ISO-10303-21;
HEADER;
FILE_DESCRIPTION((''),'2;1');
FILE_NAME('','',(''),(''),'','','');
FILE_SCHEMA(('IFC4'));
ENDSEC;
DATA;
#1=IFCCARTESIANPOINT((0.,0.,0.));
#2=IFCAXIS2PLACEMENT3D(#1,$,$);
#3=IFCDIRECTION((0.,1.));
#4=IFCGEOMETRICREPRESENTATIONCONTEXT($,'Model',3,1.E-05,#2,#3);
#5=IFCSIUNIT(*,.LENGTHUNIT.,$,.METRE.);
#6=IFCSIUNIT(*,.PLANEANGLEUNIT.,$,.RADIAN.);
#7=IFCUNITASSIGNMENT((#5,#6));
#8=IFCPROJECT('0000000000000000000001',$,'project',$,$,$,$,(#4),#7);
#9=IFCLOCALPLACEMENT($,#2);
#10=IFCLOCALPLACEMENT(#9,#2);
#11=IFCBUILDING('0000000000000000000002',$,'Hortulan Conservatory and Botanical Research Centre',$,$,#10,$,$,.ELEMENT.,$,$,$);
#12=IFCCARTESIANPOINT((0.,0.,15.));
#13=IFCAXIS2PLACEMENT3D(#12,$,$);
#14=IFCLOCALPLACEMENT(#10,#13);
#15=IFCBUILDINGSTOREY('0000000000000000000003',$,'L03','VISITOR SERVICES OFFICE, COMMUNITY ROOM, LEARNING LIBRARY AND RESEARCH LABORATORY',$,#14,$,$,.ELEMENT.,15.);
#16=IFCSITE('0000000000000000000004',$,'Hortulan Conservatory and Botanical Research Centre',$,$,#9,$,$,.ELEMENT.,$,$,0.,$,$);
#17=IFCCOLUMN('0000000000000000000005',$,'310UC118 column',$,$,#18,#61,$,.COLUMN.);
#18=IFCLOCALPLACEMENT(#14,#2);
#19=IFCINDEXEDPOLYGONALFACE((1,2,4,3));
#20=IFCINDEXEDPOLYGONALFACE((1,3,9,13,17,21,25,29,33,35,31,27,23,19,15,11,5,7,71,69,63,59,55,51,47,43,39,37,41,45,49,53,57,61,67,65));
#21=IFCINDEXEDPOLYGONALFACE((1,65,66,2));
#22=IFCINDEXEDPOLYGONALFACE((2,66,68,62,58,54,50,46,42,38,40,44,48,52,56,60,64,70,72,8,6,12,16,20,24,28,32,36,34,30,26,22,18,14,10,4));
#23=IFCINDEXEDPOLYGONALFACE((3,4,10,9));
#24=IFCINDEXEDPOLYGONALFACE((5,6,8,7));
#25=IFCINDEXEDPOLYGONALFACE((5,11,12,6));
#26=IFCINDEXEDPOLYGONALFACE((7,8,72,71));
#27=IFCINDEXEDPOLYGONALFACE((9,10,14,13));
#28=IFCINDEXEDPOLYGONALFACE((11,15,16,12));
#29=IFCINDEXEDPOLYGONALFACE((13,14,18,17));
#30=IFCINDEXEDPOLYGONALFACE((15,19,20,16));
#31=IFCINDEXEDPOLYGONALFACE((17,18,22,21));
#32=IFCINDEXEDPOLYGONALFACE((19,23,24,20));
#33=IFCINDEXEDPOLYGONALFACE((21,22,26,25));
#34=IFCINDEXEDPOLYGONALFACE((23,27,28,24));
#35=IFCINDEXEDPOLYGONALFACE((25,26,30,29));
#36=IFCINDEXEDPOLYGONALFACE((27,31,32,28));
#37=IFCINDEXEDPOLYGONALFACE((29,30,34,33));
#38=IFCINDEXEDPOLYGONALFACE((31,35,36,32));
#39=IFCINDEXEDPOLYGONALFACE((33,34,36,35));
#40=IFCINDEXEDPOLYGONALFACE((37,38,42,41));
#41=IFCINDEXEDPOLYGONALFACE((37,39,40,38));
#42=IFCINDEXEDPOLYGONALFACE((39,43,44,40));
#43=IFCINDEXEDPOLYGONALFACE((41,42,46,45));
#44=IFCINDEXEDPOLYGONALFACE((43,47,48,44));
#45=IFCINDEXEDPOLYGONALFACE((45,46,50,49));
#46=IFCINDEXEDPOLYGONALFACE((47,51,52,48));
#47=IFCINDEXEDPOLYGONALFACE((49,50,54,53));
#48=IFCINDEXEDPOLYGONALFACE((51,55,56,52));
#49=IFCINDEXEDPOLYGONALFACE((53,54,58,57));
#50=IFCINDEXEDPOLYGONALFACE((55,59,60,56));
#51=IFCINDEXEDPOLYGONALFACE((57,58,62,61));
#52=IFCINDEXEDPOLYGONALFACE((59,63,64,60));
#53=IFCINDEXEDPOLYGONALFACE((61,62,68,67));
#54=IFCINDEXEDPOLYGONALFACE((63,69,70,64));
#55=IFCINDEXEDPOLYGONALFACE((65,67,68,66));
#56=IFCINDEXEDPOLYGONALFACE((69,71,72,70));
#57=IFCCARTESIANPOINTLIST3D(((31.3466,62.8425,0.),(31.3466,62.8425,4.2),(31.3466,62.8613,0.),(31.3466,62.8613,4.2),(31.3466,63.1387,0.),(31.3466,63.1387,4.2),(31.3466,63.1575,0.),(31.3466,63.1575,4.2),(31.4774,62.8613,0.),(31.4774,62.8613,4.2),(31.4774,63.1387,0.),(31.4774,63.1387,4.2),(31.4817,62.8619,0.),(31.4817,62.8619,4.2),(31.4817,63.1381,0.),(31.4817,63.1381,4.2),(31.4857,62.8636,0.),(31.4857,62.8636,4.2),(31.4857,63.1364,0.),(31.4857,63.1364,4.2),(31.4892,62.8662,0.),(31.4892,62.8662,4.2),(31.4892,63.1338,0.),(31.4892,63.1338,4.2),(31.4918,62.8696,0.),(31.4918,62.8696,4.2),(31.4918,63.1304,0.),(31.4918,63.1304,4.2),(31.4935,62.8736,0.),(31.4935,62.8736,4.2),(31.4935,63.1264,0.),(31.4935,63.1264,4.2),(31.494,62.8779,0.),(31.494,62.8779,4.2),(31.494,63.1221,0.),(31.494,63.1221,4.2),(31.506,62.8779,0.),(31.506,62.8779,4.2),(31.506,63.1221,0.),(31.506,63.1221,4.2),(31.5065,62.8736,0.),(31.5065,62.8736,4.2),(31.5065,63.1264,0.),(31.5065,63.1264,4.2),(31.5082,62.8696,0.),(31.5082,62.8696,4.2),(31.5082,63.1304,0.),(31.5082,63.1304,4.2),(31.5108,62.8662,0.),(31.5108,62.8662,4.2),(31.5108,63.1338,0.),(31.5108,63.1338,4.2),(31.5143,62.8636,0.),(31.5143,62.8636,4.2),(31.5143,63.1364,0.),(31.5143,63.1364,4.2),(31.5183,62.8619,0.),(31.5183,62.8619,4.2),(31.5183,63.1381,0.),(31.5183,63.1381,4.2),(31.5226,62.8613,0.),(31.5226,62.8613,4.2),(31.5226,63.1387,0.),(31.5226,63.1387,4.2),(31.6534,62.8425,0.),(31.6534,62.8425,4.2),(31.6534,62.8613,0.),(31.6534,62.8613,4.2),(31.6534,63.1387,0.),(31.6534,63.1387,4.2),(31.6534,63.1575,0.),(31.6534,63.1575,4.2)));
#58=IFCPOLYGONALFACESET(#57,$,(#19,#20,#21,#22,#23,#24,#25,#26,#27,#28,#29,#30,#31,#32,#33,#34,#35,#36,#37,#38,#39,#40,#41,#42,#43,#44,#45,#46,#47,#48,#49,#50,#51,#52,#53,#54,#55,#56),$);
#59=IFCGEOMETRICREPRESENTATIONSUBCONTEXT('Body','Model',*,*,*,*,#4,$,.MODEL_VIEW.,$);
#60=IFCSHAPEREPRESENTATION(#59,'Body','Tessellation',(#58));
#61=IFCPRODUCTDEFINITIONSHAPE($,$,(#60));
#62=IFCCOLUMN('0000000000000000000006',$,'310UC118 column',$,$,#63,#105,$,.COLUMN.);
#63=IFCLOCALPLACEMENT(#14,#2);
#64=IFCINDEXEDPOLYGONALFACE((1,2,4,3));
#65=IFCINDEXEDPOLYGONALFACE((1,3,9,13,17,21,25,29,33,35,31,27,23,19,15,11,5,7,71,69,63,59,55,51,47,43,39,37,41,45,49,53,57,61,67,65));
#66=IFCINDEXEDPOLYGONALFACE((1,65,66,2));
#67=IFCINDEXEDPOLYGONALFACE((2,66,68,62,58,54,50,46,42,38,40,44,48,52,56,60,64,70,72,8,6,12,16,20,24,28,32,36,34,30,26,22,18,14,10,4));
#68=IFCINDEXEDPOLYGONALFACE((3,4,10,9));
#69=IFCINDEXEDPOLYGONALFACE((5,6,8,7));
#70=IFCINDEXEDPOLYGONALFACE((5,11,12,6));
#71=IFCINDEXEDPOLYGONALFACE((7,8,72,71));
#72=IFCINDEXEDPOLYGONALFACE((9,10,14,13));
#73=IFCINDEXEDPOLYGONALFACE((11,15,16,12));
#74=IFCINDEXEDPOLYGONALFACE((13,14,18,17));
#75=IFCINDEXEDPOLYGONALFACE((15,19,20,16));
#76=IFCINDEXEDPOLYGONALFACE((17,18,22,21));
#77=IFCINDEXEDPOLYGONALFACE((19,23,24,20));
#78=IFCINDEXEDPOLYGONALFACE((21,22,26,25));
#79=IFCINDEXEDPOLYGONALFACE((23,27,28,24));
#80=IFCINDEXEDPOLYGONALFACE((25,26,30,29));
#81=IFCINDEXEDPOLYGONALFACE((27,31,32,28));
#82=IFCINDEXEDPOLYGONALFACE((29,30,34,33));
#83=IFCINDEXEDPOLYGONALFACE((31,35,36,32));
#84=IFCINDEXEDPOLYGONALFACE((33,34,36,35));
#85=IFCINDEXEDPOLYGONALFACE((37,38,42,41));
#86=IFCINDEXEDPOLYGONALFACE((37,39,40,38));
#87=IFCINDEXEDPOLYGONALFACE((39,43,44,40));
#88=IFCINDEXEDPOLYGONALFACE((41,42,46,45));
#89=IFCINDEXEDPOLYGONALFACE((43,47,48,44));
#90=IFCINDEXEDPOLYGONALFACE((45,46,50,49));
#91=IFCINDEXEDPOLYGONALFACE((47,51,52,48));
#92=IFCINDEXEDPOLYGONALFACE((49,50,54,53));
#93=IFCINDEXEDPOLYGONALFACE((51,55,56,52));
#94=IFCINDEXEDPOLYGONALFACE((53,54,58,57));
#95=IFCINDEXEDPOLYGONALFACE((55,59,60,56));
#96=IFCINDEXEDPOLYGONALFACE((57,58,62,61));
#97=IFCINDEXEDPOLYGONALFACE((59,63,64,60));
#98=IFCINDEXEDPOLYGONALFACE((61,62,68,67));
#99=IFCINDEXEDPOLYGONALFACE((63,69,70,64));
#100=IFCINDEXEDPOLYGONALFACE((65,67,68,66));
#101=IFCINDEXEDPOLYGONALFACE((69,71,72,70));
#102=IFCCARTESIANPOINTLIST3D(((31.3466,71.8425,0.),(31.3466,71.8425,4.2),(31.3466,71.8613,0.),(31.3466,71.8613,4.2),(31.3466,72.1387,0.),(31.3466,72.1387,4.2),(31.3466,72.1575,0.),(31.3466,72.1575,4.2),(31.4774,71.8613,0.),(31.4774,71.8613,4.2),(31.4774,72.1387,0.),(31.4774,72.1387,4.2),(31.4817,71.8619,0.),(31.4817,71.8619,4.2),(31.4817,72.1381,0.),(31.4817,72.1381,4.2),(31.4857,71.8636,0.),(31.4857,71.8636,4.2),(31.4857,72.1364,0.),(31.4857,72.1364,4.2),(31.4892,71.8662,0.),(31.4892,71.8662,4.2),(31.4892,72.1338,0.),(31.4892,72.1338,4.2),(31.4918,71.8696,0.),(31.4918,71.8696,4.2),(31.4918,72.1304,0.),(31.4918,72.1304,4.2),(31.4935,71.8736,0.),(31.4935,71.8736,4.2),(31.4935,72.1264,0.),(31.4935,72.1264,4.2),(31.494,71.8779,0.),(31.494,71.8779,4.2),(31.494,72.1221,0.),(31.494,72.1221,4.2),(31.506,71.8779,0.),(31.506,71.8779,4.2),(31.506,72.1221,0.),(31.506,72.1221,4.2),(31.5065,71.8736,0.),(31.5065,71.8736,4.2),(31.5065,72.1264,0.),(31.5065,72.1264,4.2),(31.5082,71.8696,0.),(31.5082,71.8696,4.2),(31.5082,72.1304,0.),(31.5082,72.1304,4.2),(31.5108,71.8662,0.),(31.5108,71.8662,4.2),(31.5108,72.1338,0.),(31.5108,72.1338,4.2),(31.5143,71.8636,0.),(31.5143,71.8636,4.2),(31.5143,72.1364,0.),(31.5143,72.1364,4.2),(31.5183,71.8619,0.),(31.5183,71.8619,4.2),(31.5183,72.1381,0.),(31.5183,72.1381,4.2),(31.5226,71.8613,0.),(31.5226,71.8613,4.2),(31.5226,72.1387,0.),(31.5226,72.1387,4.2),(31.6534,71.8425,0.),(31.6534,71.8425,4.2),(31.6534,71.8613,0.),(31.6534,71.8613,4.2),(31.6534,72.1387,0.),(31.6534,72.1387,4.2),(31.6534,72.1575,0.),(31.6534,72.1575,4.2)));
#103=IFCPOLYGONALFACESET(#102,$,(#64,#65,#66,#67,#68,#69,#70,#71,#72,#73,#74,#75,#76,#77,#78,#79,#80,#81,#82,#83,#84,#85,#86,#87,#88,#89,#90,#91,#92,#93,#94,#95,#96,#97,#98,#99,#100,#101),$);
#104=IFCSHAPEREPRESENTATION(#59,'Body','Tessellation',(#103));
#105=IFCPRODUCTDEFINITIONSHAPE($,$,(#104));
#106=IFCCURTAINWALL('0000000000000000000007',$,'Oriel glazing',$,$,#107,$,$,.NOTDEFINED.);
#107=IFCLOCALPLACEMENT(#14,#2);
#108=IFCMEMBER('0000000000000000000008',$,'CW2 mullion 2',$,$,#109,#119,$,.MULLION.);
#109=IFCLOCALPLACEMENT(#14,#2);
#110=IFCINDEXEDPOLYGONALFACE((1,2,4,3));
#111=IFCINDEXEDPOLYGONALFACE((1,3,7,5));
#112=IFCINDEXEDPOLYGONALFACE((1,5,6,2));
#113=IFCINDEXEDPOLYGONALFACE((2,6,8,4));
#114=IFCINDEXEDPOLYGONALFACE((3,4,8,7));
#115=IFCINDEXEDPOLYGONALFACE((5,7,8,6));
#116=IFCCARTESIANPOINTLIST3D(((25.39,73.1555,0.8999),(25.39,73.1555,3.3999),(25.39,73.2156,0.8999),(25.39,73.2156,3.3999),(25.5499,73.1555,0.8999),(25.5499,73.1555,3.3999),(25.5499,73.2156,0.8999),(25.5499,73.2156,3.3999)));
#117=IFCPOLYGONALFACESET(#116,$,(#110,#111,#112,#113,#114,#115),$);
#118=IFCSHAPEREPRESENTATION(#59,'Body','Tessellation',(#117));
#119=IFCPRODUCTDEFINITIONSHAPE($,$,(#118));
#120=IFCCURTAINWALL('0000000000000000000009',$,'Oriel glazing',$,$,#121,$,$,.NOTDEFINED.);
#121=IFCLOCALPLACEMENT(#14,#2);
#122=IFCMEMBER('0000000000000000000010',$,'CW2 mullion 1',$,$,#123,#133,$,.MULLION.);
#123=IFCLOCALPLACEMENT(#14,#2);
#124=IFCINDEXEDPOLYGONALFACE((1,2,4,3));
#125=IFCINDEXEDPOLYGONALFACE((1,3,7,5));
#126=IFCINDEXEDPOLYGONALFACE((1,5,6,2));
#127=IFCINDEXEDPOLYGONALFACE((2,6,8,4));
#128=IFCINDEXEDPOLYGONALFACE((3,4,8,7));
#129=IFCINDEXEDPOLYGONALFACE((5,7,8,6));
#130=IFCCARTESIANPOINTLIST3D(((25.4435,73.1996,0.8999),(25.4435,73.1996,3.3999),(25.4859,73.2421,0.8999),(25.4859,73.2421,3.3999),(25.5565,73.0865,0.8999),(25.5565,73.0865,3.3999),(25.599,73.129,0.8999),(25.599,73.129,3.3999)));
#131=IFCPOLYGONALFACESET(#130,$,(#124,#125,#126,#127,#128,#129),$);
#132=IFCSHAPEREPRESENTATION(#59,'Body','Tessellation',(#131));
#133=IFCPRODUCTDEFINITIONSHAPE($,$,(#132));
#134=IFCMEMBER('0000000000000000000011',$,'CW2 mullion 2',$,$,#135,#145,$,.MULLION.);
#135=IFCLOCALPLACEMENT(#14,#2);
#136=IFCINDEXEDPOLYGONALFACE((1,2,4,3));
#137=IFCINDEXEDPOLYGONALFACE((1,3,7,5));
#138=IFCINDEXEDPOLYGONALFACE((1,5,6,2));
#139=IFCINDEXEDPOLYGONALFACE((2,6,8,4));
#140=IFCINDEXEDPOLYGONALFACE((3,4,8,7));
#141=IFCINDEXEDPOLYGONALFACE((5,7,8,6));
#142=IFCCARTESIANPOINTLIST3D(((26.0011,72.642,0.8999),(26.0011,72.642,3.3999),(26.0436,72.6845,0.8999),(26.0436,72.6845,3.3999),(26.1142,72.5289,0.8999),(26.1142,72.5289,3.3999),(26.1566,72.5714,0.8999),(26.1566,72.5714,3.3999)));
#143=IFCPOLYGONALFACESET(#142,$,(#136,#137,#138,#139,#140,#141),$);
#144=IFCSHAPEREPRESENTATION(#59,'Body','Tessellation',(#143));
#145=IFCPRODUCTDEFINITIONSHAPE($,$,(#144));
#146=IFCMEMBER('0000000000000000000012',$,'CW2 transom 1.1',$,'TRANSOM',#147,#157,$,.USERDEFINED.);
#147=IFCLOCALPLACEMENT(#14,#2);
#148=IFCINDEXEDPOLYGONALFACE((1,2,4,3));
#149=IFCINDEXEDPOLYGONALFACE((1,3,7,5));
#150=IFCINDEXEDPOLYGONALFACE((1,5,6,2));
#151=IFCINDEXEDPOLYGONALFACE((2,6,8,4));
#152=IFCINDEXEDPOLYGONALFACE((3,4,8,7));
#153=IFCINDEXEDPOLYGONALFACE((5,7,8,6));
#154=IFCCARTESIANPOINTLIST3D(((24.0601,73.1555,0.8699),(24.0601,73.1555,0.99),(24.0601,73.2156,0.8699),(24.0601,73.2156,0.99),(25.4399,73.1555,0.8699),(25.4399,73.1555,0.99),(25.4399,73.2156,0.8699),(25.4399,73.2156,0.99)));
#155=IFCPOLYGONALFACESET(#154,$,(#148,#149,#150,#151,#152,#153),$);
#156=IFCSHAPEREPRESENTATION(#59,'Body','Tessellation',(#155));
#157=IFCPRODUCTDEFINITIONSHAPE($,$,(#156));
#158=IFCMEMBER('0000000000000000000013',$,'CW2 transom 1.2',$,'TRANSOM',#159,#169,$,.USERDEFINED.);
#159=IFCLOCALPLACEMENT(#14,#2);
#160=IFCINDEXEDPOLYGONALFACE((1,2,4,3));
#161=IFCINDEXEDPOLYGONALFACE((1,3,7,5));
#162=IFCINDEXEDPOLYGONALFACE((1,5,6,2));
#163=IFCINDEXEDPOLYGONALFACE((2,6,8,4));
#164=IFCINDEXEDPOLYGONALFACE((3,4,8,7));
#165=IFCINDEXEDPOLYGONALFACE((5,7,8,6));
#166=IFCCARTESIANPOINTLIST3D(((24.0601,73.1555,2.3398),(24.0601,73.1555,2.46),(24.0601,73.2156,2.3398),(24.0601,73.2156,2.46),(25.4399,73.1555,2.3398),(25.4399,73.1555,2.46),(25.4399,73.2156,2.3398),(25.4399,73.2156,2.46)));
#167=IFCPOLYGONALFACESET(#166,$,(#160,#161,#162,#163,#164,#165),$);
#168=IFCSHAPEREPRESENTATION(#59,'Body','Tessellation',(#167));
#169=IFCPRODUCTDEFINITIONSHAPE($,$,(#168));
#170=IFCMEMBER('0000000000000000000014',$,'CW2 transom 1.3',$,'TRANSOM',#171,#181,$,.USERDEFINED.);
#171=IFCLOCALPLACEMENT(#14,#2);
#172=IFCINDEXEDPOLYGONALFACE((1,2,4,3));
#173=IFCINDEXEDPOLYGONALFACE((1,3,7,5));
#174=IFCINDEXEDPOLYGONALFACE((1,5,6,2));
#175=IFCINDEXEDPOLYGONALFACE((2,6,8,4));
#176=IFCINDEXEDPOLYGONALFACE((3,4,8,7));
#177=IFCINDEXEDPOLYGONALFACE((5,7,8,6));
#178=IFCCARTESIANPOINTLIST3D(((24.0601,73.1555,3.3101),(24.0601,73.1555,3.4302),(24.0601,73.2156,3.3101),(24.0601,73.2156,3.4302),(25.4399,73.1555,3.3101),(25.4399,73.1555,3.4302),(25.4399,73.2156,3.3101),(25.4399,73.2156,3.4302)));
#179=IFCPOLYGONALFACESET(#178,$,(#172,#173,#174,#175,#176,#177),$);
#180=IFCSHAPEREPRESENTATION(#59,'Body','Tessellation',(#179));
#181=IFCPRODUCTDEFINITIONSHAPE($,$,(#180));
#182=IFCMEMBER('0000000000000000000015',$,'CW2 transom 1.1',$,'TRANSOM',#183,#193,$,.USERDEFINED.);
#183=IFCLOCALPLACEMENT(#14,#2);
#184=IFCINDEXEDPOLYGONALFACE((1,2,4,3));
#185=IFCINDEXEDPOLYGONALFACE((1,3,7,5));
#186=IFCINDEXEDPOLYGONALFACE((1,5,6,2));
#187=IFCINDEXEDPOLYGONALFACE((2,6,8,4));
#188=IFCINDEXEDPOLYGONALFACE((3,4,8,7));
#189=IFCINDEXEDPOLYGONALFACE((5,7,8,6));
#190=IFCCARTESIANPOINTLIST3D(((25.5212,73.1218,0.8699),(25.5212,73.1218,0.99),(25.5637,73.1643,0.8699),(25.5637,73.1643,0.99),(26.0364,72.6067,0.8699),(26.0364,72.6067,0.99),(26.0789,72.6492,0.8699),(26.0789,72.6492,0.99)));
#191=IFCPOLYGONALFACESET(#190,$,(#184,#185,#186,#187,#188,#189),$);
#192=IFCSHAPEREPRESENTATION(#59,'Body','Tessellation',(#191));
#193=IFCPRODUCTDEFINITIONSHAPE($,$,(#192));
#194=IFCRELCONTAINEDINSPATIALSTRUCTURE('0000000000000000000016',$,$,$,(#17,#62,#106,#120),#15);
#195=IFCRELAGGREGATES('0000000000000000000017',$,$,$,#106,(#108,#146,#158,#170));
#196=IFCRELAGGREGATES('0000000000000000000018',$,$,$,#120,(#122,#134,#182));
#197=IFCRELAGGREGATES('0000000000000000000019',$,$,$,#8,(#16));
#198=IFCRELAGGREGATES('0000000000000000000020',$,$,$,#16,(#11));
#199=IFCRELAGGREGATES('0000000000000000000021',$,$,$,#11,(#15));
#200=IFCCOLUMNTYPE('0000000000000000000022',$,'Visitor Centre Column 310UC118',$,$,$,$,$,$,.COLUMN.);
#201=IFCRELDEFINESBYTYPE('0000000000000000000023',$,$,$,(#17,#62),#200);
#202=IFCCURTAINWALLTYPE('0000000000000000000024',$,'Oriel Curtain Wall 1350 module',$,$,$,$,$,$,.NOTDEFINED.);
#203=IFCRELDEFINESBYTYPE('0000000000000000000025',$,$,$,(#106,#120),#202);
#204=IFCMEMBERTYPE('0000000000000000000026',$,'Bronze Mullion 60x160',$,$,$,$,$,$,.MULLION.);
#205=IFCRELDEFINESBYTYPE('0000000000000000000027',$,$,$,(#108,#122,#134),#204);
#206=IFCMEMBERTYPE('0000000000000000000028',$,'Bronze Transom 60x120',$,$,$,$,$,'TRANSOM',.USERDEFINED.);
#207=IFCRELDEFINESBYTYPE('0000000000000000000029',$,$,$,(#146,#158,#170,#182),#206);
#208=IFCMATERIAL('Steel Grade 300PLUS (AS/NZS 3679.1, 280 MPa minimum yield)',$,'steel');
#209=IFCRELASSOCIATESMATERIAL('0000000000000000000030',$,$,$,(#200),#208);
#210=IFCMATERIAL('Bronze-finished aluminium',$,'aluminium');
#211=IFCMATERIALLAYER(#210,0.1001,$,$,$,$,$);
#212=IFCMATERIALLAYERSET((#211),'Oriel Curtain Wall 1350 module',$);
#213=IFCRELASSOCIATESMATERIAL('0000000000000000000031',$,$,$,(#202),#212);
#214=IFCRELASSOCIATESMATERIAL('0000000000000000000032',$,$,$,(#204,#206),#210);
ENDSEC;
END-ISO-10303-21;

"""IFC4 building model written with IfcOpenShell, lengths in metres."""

from ifc_helpers import new_model, si_unit, direction, frame, origin, origin_2d, place, context, subcontext, project, spatial, rectangle, i_section, extrude, material, layer, layer_set, material_profile, profile_set, type_object, element, aggregate, save


model = new_model("IFC4")

# Units and contexts
model_context = context("Model", 3, precision=1e-05, world=origin(), true_north=direction((0.0, 1.0)))
body_context = subcontext(model_context, "Body", "Model", "MODEL_VIEW")
ifc_project = project(units=[si_unit("LENGTHUNIT", "METRE"), si_unit("PLANEANGLEUNIT", "RADIAN")], contexts=[model_context])

# Site, building, storey
site_placement = place(None, origin())
site = spatial("IfcSite", under=ifc_project, at=site_placement, Name="Hortulan Conservatory and Botanical Research Centre", CompositionType="ELEMENT", RefElevation=0.0)
building_placement = place(site_placement, origin())
building = spatial("IfcBuilding", under=site, at=building_placement, Name="Hortulan Conservatory and Botanical Research Centre", CompositionType="ELEMENT")
storey_placement = place(building_placement, frame((0.0, 0.0, 15.0)))
storey = spatial("IfcBuildingStorey", under=building, at=storey_placement, Name="L03", Description="VISITOR SERVICES OFFICE, COMMUNITY ROOM, LEARNING LIBRARY AND RESEARCH LABORATORY", CompositionType="ELEMENT", Elevation=15.0)

# Columns
ifc_material_1 = material(Name="Steel Grade 300PLUS (AS/NZS 3679.1, 280 MPa minimum yield)", Category="steel")
ifc_material_profile_1 = material_profile(ifc_material_1, i_section(OverallWidth=0.3069, OverallDepth=0.3149, WebThickness=0.012, FlangeThickness=0.0188, FilletRadius=0.0166, at=origin_2d()), Name="310UC118")
ifc_profile_set_1 = profile_set([ifc_material_profile_1], Name="Steel Grade 300PLUS (AS/NZS 3679.1, 280 MPa minimum yield)")
column_type = type_object("IfcColumnType", Name="Visitor Centre Column 310UC118", PredefinedType="COLUMN", material=ifc_profile_set_1)
for number, where, z_axis, x_axis, name in (
    (1, (31.5, 63.0, 0.0), (0.0, 0.0, 1.0), (1.0, 0.0, 0.0), "310UC118 column"),
    (2, (31.5, 72.0, 0.0), (0.0, 0.0, 1.0), (1.0, 0.0, 0.0), "310UC118 column"),
):
    element("IfcColumn", number, at=place(storey_placement, frame(where, z_axis=z_axis, x_axis=x_axis)), inside=storey, type_object=column_type, Name=name, PredefinedType="COLUMN", context=body_context, shape_type="SweptSolid", body=[
        extrude(i_section(OverallWidth=0.3069, OverallDepth=0.3149, WebThickness=0.012, FlangeThickness=0.0188, FilletRadius=0.0166, at=origin_2d()), origin(), (0.0, 0.0, 1.0), 4.2),
    ])

# Curtain wall, member
ifc_material_2 = material(Name="Bronze-finished aluminium", Category="aluminium")
ifc_layer_1 = layer(ifc_material_2, 0.1001)
ifc_layer_set_1 = layer_set([ifc_layer_1], Name="Oriel Curtain Wall 1350 module")
curtain_wall_type = type_object("IfcCurtainWallType", Name="Oriel Curtain Wall 1350 module", PredefinedType="NOTDEFINED", material=ifc_layer_set_1)
curtain_wall_1_placement = place(storey_placement, origin())
curtain_wall_1 = element("IfcCurtainWall", 3, at=curtain_wall_1_placement, inside=storey, type_object=curtain_wall_type, Name="Oriel glazing", PredefinedType="NOTDEFINED")
ifc_material_profile_2 = material_profile(ifc_material_2, rectangle(XDim=0.0601, YDim=0.1599, at=origin_2d()), Name="Bronze Mullion 60x160")
ifc_profile_set_2 = profile_set([ifc_material_profile_2], Name="Bronze-finished aluminium")
member_type_1 = type_object("IfcMemberType", Name="Bronze Mullion 60x160", PredefinedType="MULLION", material=ifc_profile_set_2)
member_1_placement = place(storey_placement, frame((25.47, 73.1855, 0.8999), z_axis=(0.0, 0.0, 1.0), x_axis=(0.0, 1.0, 0.0)))
member_1 = element("IfcMember", 4, at=member_1_placement, type_object=member_type_1, Name="CW2 mullion 2", PredefinedType="MULLION", context=body_context, shape_type="SweptSolid", body=[
    extrude(rectangle(XDim=0.0601, YDim=0.1599, at=origin_2d()), origin(), (0.0, 0.0, 1.0), 2.5),
])

# Curtain wall, members
curtain_wall_2_placement = place(storey_placement, origin())
curtain_wall_2 = element("IfcCurtainWall", 5, at=curtain_wall_2_placement, inside=storey, type_object=curtain_wall_type, Name="Oriel glazing", PredefinedType="NOTDEFINED")
member_2_placement = place(storey_placement, frame((25.5212, 73.1643, 0.8999), z_axis=(0.0, 0.0, 1.0), x_axis=(0.707107, 0.707107, 0.0)))
member_2 = element("IfcMember", 6, at=member_2_placement, type_object=member_type_1, Name="CW2 mullion 1", PredefinedType="MULLION", context=body_context, shape_type="SweptSolid", body=[
    extrude(rectangle(XDim=0.0601, YDim=0.1599, at=origin_2d()), origin(), (0.0, 0.0, 1.0), 2.5),
])
member_3_placement = place(storey_placement, frame((26.0789, 72.6067, 0.8999), z_axis=(0.0, 0.0, 1.0), x_axis=(0.707107, 0.707107, 0.0)))
member_3 = element("IfcMember", 7, at=member_3_placement, type_object=member_type_1, Name="CW2 mullion 2", PredefinedType="MULLION", context=body_context, shape_type="SweptSolid", body=[
    extrude(rectangle(XDim=0.0601, YDim=0.1599, at=origin_2d()), origin(), (0.0, 0.0, 1.0), 2.5),
])

# Members
ifc_material_profile_3 = material_profile(ifc_material_2, rectangle(XDim=0.0601, YDim=0.1201, at=origin_2d()), Name="Bronze Transom 60x120")
ifc_profile_set_3 = profile_set([ifc_material_profile_3], Name="Bronze-finished aluminium")
member_type_2 = type_object("IfcMemberType", Name="Bronze Transom 60x120", ElementType="TRANSOM", PredefinedType="USERDEFINED", material=ifc_profile_set_3)
member_4_placement = place(storey_placement, frame((24.0601, 73.1855, 0.9299), z_axis=(1.0, 0.0, 0.0), x_axis=(0.0, 1.0, 0.0)))
member_4 = element("IfcMember", 8, at=member_4_placement, type_object=member_type_2, Name="CW2 transom 1.1", ObjectType="TRANSOM", PredefinedType="USERDEFINED", context=body_context, shape_type="SweptSolid", body=[
    extrude(rectangle(XDim=0.0601, YDim=0.1201, at=origin_2d()), origin(), (0.0, 0.0, 1.0), 1.3799),
])
member_5_placement = place(storey_placement, frame((24.0601, 73.1855, 2.3999), z_axis=(1.0, 0.0, 0.0), x_axis=(0.0, 1.0, 0.0)))
member_5 = element("IfcMember", 9, at=member_5_placement, type_object=member_type_2, Name="CW2 transom 1.2", ObjectType="TRANSOM", PredefinedType="USERDEFINED", context=body_context, shape_type="SweptSolid", body=[
    extrude(rectangle(XDim=0.0601, YDim=0.1201, at=origin_2d()), origin(), (0.0, 0.0, 1.0), 1.3799),
])
member_6_placement = place(storey_placement, frame((24.0601, 73.1855, 3.3701), z_axis=(1.0, 0.0, 0.0), x_axis=(0.0, 1.0, 0.0)))
member_6 = element("IfcMember", 10, at=member_6_placement, type_object=member_type_2, Name="CW2 transom 1.3", ObjectType="TRANSOM", PredefinedType="USERDEFINED", context=body_context, shape_type="SweptSolid", body=[
    extrude(rectangle(XDim=0.0601, YDim=0.1201, at=origin_2d()), origin(), (0.0, 0.0, 1.0), 1.3799),
])
member_7_placement = place(storey_placement, frame((25.5425, 73.1431, 0.9299), z_axis=(0.707107, -0.707107, 0.0), x_axis=(0.707107, 0.707107, 0.0)))
member_7 = element("IfcMember", 11, at=member_7_placement, type_object=member_type_2, Name="CW2 transom 1.1", ObjectType="TRANSOM", PredefinedType="USERDEFINED", context=body_context, shape_type="SweptSolid", body=[
    extrude(rectangle(XDim=0.0601, YDim=0.1201, at=origin_2d()), origin(), (0.0, 0.0, 1.0), 0.7285),
])

aggregate(curtain_wall_1, [member_1, member_4, member_5, member_6])
aggregate(curtain_wall_2, [member_2, member_3, member_7])

save(model, "model.ifc")
